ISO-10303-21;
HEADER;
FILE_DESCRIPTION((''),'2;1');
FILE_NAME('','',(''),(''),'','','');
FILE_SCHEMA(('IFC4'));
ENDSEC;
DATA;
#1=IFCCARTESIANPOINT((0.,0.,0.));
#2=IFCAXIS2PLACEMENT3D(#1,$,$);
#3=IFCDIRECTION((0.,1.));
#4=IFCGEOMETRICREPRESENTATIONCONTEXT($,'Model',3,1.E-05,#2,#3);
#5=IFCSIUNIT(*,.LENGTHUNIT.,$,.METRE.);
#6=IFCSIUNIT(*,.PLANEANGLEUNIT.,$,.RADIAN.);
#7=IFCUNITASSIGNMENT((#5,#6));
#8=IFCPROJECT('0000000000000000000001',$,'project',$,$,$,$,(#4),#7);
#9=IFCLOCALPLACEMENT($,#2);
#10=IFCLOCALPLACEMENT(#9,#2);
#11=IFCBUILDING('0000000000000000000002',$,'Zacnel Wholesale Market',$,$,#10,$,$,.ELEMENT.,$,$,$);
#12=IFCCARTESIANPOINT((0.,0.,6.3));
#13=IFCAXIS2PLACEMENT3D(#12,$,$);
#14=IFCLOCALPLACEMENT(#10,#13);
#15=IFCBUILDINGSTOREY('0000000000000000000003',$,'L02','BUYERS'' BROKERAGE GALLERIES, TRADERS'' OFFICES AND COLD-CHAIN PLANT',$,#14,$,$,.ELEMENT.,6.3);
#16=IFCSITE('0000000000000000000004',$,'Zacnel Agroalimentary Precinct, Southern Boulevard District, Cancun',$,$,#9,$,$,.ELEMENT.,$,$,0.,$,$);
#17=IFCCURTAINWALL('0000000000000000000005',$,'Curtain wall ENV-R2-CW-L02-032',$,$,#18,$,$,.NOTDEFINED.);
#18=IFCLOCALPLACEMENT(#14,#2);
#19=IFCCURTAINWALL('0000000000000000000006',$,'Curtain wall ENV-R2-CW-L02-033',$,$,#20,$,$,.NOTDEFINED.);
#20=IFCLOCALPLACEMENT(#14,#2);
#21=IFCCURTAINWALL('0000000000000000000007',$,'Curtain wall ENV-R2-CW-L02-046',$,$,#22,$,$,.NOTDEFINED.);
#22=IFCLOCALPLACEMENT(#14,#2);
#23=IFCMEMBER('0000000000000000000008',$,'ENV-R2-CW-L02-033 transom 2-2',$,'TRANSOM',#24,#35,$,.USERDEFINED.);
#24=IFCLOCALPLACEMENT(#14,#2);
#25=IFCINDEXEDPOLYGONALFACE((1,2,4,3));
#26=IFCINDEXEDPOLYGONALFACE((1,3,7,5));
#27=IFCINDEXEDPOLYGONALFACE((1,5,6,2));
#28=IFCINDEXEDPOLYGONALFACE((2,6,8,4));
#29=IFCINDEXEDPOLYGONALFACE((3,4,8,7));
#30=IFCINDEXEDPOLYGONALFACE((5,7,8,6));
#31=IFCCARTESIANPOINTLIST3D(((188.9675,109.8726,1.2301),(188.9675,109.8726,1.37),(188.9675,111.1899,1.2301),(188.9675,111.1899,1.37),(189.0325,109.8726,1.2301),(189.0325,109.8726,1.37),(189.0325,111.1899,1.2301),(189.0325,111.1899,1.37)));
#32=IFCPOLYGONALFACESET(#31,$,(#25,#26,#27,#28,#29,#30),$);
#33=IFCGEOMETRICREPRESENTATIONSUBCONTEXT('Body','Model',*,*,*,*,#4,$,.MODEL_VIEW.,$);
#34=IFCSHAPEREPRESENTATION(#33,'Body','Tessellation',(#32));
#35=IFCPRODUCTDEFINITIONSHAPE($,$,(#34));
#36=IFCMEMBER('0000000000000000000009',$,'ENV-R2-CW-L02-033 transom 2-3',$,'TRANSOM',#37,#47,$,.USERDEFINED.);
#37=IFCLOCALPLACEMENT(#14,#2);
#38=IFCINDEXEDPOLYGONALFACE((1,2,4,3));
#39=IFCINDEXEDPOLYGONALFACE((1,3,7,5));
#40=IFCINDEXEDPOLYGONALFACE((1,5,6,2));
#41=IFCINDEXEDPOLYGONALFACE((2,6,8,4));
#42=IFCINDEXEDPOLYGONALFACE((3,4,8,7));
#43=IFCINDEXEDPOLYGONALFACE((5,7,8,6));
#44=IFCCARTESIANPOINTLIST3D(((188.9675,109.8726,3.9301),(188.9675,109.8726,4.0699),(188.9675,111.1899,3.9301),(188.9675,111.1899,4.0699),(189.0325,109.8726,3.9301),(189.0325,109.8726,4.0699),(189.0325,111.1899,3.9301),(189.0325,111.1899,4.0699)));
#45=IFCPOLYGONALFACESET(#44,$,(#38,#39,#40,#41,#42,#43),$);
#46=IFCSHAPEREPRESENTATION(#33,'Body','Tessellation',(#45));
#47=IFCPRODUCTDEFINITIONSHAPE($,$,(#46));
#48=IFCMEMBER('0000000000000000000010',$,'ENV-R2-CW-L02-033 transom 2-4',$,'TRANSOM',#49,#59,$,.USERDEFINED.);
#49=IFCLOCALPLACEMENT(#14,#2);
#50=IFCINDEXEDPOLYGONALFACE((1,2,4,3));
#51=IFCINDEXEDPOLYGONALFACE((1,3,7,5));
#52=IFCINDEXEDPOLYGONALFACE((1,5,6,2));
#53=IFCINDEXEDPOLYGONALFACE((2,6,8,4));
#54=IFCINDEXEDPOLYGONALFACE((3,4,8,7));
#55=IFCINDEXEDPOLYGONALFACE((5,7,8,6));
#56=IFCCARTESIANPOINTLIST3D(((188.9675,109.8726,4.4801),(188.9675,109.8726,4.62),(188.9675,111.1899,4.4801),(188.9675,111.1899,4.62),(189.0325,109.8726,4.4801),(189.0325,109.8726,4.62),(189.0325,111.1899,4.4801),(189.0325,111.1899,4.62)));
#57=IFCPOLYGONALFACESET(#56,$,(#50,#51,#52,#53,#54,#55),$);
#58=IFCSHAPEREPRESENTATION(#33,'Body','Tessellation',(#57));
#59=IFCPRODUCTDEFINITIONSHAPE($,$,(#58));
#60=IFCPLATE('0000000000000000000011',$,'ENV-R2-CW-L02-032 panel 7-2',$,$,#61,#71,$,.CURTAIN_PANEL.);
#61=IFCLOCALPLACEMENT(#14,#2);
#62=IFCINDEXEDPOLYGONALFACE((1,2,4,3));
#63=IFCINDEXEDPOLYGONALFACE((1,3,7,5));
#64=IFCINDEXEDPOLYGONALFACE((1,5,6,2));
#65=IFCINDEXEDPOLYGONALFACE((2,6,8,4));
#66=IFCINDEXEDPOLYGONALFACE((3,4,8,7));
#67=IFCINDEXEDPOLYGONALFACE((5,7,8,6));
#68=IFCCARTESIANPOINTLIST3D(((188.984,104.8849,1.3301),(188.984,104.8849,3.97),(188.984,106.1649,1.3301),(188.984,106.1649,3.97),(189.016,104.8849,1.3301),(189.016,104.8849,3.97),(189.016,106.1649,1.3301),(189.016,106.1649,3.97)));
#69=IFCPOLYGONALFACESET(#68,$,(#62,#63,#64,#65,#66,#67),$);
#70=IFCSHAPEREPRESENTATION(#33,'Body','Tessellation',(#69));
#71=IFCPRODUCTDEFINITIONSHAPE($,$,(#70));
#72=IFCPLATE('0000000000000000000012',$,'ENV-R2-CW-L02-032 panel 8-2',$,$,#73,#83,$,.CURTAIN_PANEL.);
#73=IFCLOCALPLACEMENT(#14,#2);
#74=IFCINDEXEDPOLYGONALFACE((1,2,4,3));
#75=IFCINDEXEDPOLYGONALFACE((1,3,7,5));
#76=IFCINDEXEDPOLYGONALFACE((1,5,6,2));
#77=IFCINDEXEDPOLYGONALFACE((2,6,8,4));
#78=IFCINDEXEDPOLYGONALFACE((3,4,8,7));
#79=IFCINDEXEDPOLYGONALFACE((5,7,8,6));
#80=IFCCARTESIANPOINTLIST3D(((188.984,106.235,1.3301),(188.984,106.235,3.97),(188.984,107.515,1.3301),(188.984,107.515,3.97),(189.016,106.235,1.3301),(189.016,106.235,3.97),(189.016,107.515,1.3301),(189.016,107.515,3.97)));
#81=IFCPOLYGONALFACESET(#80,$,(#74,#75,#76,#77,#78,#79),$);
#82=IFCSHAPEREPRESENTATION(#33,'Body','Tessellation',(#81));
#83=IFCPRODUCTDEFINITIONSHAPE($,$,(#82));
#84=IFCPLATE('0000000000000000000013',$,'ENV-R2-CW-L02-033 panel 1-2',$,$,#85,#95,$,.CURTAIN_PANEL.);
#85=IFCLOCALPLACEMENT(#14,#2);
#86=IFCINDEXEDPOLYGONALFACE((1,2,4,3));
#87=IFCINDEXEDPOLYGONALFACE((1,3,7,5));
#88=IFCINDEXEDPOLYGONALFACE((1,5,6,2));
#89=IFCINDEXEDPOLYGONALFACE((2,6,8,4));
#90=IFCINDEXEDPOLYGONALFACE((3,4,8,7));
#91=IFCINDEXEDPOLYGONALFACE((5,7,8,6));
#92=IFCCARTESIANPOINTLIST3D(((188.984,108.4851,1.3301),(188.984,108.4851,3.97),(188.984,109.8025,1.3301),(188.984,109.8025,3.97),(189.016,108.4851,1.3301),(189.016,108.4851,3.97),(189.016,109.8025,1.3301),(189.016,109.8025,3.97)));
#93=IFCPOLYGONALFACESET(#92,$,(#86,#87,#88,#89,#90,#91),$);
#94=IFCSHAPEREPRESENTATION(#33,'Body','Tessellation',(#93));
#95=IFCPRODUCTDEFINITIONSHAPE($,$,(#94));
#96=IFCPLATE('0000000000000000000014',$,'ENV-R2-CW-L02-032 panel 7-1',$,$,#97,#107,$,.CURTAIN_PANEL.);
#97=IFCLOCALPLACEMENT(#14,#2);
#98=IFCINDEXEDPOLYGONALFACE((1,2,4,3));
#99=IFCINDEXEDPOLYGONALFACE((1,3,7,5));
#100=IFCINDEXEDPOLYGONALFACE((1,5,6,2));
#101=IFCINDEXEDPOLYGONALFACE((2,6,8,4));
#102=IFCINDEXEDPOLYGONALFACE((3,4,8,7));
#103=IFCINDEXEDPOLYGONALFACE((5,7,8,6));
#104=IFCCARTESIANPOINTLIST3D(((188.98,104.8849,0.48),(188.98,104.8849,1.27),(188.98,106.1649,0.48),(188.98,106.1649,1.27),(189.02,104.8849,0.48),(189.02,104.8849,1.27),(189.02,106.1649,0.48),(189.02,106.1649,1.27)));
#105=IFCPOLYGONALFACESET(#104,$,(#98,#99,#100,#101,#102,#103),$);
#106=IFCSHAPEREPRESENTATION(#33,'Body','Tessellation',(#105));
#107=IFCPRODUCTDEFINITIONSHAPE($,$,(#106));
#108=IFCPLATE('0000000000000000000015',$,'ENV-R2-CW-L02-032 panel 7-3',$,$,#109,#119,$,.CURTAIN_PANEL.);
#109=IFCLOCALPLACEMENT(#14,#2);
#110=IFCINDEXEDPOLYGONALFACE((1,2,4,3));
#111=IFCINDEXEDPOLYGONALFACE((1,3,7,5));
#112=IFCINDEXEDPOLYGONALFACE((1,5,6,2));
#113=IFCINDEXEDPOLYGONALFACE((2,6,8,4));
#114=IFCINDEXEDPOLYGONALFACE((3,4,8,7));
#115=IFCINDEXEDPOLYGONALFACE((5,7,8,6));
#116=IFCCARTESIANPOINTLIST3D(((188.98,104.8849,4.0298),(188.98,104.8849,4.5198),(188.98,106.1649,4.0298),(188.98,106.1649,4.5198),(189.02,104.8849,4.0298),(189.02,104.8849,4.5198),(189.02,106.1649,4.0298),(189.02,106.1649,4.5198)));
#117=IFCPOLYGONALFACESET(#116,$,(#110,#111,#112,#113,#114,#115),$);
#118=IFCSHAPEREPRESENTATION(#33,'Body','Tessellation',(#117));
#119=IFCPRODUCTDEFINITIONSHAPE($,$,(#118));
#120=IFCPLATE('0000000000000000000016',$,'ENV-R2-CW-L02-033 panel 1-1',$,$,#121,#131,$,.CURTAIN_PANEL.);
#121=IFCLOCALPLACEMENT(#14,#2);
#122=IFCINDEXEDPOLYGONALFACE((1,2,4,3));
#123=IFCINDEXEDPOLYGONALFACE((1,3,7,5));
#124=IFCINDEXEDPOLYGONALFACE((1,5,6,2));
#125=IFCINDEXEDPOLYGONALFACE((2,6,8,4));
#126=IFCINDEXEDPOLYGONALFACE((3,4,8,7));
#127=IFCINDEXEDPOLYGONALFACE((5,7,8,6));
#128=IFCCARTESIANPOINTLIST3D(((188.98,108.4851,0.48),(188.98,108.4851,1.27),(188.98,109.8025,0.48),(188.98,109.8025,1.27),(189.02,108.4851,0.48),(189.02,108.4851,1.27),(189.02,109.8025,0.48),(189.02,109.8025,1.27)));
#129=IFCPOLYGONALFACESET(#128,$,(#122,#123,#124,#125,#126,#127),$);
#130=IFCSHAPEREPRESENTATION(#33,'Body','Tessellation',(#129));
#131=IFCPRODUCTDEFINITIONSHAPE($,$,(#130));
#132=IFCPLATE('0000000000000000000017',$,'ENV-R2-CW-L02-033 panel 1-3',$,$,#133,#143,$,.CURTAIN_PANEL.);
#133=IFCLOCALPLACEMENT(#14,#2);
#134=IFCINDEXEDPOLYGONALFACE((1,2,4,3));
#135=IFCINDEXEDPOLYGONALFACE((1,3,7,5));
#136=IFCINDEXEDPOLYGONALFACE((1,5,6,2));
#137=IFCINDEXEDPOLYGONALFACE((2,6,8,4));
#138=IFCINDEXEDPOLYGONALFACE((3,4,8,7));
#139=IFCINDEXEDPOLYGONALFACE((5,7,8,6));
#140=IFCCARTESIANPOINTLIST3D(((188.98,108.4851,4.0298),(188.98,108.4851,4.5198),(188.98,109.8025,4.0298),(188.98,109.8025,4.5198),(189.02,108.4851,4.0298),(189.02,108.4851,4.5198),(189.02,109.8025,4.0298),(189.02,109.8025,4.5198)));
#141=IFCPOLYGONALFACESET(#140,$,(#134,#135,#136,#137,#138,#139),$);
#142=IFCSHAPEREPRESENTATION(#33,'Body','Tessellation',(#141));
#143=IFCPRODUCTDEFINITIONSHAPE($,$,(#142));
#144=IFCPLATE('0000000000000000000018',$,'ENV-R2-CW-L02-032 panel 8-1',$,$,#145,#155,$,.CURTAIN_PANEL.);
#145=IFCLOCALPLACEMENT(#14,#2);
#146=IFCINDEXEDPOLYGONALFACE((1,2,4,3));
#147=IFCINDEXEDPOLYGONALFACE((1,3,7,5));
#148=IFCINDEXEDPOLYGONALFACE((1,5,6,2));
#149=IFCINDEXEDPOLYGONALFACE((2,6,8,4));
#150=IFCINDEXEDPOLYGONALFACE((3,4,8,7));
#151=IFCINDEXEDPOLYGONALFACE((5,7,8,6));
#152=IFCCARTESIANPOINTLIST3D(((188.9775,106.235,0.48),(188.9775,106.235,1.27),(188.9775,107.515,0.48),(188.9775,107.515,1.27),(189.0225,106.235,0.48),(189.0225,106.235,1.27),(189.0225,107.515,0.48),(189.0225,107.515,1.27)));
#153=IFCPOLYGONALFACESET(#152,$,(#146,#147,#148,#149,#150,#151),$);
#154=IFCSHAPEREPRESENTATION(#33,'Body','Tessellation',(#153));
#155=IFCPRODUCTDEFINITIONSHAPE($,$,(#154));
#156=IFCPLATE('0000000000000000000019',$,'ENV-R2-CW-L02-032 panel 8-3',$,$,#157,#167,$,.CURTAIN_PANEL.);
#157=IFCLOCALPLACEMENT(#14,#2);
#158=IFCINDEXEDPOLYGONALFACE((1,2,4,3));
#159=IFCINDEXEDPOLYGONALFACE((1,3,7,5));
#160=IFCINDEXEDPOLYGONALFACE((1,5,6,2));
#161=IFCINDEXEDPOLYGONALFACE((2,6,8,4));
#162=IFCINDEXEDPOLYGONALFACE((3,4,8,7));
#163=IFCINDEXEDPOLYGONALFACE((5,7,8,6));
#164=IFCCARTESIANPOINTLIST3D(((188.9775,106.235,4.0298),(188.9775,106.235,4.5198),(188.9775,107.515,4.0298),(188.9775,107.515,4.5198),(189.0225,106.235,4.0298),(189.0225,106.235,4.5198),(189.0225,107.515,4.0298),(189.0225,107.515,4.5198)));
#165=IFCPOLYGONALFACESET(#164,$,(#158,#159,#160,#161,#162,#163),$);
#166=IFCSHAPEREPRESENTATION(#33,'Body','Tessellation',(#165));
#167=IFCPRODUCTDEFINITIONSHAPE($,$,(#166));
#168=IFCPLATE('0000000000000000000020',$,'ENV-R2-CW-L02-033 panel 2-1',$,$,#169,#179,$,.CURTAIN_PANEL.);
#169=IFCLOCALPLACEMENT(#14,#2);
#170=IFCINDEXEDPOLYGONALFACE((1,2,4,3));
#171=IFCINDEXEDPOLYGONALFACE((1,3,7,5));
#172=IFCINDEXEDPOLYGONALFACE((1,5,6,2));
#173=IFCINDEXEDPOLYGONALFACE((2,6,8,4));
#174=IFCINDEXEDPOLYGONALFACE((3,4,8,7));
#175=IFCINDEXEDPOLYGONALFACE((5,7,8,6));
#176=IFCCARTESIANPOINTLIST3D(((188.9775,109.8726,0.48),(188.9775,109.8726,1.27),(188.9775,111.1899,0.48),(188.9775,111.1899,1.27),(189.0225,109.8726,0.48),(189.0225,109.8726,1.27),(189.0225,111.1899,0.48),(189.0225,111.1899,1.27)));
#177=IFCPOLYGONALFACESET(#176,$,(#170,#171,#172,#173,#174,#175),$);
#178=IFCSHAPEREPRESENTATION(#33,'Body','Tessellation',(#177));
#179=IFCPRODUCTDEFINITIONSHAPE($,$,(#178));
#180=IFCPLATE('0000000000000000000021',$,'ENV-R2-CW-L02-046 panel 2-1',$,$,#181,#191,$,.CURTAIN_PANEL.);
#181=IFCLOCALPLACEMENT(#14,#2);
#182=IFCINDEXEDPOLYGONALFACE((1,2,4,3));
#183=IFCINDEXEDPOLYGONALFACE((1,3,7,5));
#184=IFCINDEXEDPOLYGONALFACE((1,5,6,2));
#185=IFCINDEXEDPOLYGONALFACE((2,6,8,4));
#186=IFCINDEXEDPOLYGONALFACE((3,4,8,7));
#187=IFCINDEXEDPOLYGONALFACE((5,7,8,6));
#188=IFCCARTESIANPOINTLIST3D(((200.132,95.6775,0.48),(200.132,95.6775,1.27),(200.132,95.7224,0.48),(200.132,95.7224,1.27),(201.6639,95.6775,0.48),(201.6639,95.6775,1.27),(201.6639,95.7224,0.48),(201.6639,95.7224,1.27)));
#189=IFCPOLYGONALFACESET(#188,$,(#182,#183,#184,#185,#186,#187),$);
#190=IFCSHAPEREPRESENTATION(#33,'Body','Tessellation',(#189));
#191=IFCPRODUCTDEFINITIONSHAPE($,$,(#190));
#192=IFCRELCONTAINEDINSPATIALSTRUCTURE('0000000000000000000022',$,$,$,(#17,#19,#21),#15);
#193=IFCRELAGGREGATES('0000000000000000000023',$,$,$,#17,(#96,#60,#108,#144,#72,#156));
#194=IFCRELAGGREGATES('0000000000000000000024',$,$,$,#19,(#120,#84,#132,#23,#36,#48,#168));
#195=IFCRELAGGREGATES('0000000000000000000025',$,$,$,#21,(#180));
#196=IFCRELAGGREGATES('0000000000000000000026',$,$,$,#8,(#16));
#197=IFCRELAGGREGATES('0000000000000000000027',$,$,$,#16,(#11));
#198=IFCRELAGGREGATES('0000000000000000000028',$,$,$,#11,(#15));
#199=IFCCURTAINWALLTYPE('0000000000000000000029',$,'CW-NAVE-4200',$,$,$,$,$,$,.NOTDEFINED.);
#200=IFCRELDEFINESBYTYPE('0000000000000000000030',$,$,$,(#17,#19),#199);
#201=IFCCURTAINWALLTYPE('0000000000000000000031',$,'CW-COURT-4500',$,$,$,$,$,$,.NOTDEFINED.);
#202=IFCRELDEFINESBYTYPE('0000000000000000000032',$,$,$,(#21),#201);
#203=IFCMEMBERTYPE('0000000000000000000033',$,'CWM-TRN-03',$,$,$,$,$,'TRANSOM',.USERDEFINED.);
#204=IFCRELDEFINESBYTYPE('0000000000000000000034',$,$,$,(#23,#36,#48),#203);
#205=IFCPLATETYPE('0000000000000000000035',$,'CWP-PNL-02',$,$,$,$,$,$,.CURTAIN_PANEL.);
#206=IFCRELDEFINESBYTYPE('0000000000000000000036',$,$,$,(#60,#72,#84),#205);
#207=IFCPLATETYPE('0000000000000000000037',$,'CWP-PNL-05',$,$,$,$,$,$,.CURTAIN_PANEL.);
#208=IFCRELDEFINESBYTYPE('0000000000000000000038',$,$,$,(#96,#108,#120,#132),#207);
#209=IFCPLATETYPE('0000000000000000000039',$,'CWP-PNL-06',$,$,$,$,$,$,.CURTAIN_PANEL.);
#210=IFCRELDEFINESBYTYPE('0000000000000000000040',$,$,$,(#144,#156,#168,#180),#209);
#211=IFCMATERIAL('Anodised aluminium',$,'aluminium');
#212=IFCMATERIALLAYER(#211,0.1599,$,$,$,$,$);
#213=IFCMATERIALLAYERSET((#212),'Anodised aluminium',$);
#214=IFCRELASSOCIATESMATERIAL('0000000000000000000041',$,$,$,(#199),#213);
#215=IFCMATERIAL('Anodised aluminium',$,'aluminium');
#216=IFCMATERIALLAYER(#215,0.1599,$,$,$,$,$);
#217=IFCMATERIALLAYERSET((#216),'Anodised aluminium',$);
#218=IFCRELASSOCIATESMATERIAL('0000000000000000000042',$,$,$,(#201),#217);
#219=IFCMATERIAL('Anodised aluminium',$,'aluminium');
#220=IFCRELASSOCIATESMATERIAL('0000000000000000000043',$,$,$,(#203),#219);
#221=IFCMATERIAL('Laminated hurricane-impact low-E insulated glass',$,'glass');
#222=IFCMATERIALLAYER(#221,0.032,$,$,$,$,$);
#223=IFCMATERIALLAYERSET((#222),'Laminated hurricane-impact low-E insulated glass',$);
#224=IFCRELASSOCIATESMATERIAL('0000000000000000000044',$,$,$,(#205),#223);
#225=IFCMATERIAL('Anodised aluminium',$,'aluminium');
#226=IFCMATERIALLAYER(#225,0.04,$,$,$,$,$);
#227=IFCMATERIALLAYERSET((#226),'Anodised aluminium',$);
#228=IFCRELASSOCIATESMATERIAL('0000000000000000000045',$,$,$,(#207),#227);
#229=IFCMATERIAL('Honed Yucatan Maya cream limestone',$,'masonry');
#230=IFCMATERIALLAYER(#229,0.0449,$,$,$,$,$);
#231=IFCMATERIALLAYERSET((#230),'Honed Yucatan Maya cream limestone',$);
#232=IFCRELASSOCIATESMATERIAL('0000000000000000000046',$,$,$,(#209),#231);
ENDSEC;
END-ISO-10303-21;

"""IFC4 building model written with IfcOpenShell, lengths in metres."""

from ifc_helpers import new_model, si_unit, direction, frame, origin, origin_2d, place, context, subcontext, project, spatial, rectangle, extrude, material, layer, layer_set, material_profile, profile_set, type_object, element, aggregate, save


model = new_model("IFC4")

# Units and contexts
model_context = context("Model", 3, precision=1e-05, world=origin(), true_north=direction((0.0, 1.0)))
body_context = subcontext(model_context, "Body", "Model", "MODEL_VIEW")
ifc_project = project(units=[si_unit("LENGTHUNIT", "METRE"), si_unit("PLANEANGLEUNIT", "RADIAN")], contexts=[model_context])

# Site, building, storey
site_placement = place(None, origin())
site = spatial("IfcSite", under=ifc_project, at=site_placement, Name="Zacnel Agroalimentary Precinct, Southern Boulevard District, Cancun", CompositionType="ELEMENT", RefElevation=0.0)
building_placement = place(site_placement, origin())
building = spatial("IfcBuilding", under=site, at=building_placement, Name="Zacnel Wholesale Market", CompositionType="ELEMENT")
storey_placement = place(building_placement, frame((0.0, 0.0, 6.3)))
storey = spatial("IfcBuildingStorey", under=building, at=storey_placement, Name="L02", Description="BUYERS' BROKERAGE GALLERIES, TRADERS' OFFICES AND COLD-CHAIN PLANT", CompositionType="ELEMENT", Elevation=6.3)

# Curtain walls
ifc_material_1 = material(Name="Anodised aluminium", Category="aluminium")
ifc_layer_1 = layer(ifc_material_1, 0.1599)
ifc_layer_set_1 = layer_set([ifc_layer_1], Name="Anodised aluminium")
curtain_wall_type_1 = type_object("IfcCurtainWallType", Name="CW-NAVE-4200", PredefinedType="NOTDEFINED", material=ifc_layer_set_1)
curtain_wall_1_placement = place(storey_placement, origin())
curtain_wall_1 = element("IfcCurtainWall", 1, at=curtain_wall_1_placement, inside=storey, type_object=curtain_wall_type_1, Name="Curtain wall ENV-R2-CW-L02-032", PredefinedType="NOTDEFINED")
curtain_wall_2_placement = place(storey_placement, origin())
curtain_wall_2 = element("IfcCurtainWall", 2, at=curtain_wall_2_placement, inside=storey, type_object=curtain_wall_type_1, Name="Curtain wall ENV-R2-CW-L02-033", PredefinedType="NOTDEFINED")

# Curtain wall
ifc_material_2 = material(Name="Anodised aluminium", Category="aluminium")
ifc_layer_2 = layer(ifc_material_2, 0.1599)
ifc_layer_set_2 = layer_set([ifc_layer_2], Name="Anodised aluminium")
curtain_wall_type_2 = type_object("IfcCurtainWallType", Name="CW-COURT-4500", PredefinedType="NOTDEFINED", material=ifc_layer_set_2)
curtain_wall_3_placement = place(storey_placement, origin())
curtain_wall_3 = element("IfcCurtainWall", 3, at=curtain_wall_3_placement, inside=storey, type_object=curtain_wall_type_2, Name="Curtain wall ENV-R2-CW-L02-046", PredefinedType="NOTDEFINED")

# Members
ifc_material_3 = material(Name="Anodised aluminium", Category="aluminium")
ifc_material_profile_1 = material_profile(ifc_material_3, rectangle(XDim=0.0649, YDim=0.1399, at=origin_2d()), Name="AW-TRANSOM 65x140")
ifc_profile_set_1 = profile_set([ifc_material_profile_1], Name="Anodised aluminium")
member_type_1 = type_object("IfcMemberType", Name="CWM-TRN-03", ElementType="TRANSOM", PredefinedType="USERDEFINED", material=ifc_profile_set_1)
member_1_placement = place(storey_placement, frame((189.0, 109.8726, 1.3), z_axis=(0.0, 1.0, 0.0), x_axis=(-1.0, 0.0, 0.0)))
member_1 = element("IfcMember", 4, at=member_1_placement, type_object=member_type_1, Name="ENV-R2-CW-L02-033 transom 2-2", ObjectType="TRANSOM", PredefinedType="USERDEFINED", context=body_context, shape_type="SweptSolid", body=[
    extrude(rectangle(XDim=0.0649, YDim=0.1399, at=origin_2d()), origin(), (0.0, 0.0, 1.0), 1.3174),
])
member_2_placement = place(storey_placement, frame((189.0, 109.8726, 4.0), z_axis=(0.0, 1.0, 0.0), x_axis=(-1.0, 0.0, 0.0)))
member_2 = element("IfcMember", 5, at=member_2_placement, type_object=member_type_1, Name="ENV-R2-CW-L02-033 transom 2-3", ObjectType="TRANSOM", PredefinedType="USERDEFINED", context=body_context, shape_type="SweptSolid", body=[
    extrude(rectangle(XDim=0.0649, YDim=0.1399, at=origin_2d()), origin(), (0.0, 0.0, 1.0), 1.3174),
])
member_3_placement = place(storey_placement, frame((189.0, 109.8726, 4.55), z_axis=(0.0, 1.0, 0.0), x_axis=(-1.0, 0.0, 0.0)))
member_3 = element("IfcMember", 6, at=member_3_placement, type_object=member_type_1, Name="ENV-R2-CW-L02-033 transom 2-4", ObjectType="TRANSOM", PredefinedType="USERDEFINED", context=body_context, shape_type="SweptSolid", body=[
    extrude(rectangle(XDim=0.0649, YDim=0.1399, at=origin_2d()), origin(), (0.0, 0.0, 1.0), 1.3174),
])

# Plates
ifc_material_4 = material(Name="Laminated hurricane-impact low-E insulated glass", Category="glass")
ifc_layer_3 = layer(ifc_material_4, 0.032)
ifc_layer_set_3 = layer_set([ifc_layer_3], Name="Laminated hurricane-impact low-E insulated glass")
plate_type_1 = type_object("IfcPlateType", Name="CWP-PNL-02", PredefinedType="CURTAIN_PANEL", material=ifc_layer_set_3)
plate_1_placement = place(storey_placement, frame((189.0, 105.5249, 1.3301), z_axis=(0.0, 0.0, 1.0), x_axis=(0.0, 1.0, 0.0)))
plate_1 = element("IfcPlate", 7, at=plate_1_placement, type_object=plate_type_1, Name="ENV-R2-CW-L02-032 panel 7-2", PredefinedType="CURTAIN_PANEL", context=body_context, shape_type="SweptSolid", body=[
    extrude(rectangle(XDim=1.28, YDim=0.032, at=origin_2d()), origin(), (0.0, 0.0, 1.0), 2.6399),
])
plate_2_placement = place(storey_placement, frame((189.0, 106.875, 1.3301), z_axis=(0.0, 0.0, 1.0), x_axis=(0.0, 1.0, 0.0)))
plate_2 = element("IfcPlate", 8, at=plate_2_placement, type_object=plate_type_1, Name="ENV-R2-CW-L02-032 panel 8-2", PredefinedType="CURTAIN_PANEL", context=body_context, shape_type="SweptSolid", body=[
    extrude(rectangle(XDim=1.28, YDim=0.032, at=origin_2d()), origin(), (0.0, 0.0, 1.0), 2.6399),
])
plate_3_placement = place(storey_placement, frame((189.0, 109.1438, 1.3301), z_axis=(0.0, 0.0, 1.0), x_axis=(0.0, 1.0, 0.0)))
plate_3 = element("IfcPlate", 9, at=plate_3_placement, type_object=plate_type_1, Name="ENV-R2-CW-L02-033 panel 1-2", PredefinedType="CURTAIN_PANEL", context=body_context, shape_type="SweptSolid", body=[
    extrude(rectangle(XDim=1.3174, YDim=0.032, at=origin_2d()), origin(), (0.0, 0.0, 1.0), 2.6399),
])
ifc_material_5 = material(Name="Anodised aluminium", Category="aluminium")
ifc_layer_4 = layer(ifc_material_5, 0.04)
ifc_layer_set_4 = layer_set([ifc_layer_4], Name="Anodised aluminium")
plate_type_2 = type_object("IfcPlateType", Name="CWP-PNL-05", PredefinedType="CURTAIN_PANEL", material=ifc_layer_set_4)
plate_4_placement = place(storey_placement, frame((189.0, 105.5249, 0.48), z_axis=(0.0, 0.0, 1.0), x_axis=(0.0, 1.0, 0.0)))
plate_4 = element("IfcPlate", 10, at=plate_4_placement, type_object=plate_type_2, Name="ENV-R2-CW-L02-032 panel 7-1", PredefinedType="CURTAIN_PANEL", context=body_context, shape_type="SweptSolid", body=[
    extrude(rectangle(XDim=1.28, YDim=0.04, at=origin_2d()), origin(), (0.0, 0.0, 1.0), 0.79),
])
plate_5_placement = place(storey_placement, frame((189.0, 105.5249, 4.0298), z_axis=(0.0, 0.0, 1.0), x_axis=(0.0, 1.0, 0.0)))
plate_5 = element("IfcPlate", 11, at=plate_5_placement, type_object=plate_type_2, Name="ENV-R2-CW-L02-032 panel 7-3", PredefinedType="CURTAIN_PANEL", context=body_context, shape_type="SweptSolid", body=[
    extrude(rectangle(XDim=1.28, YDim=0.04, at=origin_2d()), origin(), (0.0, 0.0, 1.0), 0.49),
])
plate_6_placement = place(storey_placement, frame((189.0, 109.1438, 0.48), z_axis=(0.0, 0.0, 1.0), x_axis=(0.0, 1.0, 0.0)))
plate_6 = element("IfcPlate", 12, at=plate_6_placement, type_object=plate_type_2, Name="ENV-R2-CW-L02-033 panel 1-1", PredefinedType="CURTAIN_PANEL", context=body_context, shape_type="SweptSolid", body=[
    extrude(rectangle(XDim=1.3174, YDim=0.04, at=origin_2d()), origin(), (0.0, 0.0, 1.0), 0.79),
])
plate_7_placement = place(storey_placement, frame((189.0, 109.1438, 4.0298), z_axis=(0.0, 0.0, 1.0), x_axis=(0.0, 1.0, 0.0)))
plate_7 = element("IfcPlate", 13, at=plate_7_placement, type_object=plate_type_2, Name="ENV-R2-CW-L02-033 panel 1-3", PredefinedType="CURTAIN_PANEL", context=body_context, shape_type="SweptSolid", body=[
    extrude(rectangle(XDim=1.3174, YDim=0.04, at=origin_2d()), origin(), (0.0, 0.0, 1.0), 0.49),
])
ifc_material_6 = material(Name="Honed Yucatan Maya cream limestone", Category="masonry")
ifc_layer_5 = layer(ifc_material_6, 0.0449)
ifc_layer_set_5 = layer_set([ifc_layer_5], Name="Honed Yucatan Maya cream limestone")
plate_type_3 = type_object("IfcPlateType", Name="CWP-PNL-06", PredefinedType="CURTAIN_PANEL", material=ifc_layer_set_5)
plate_8_placement = place(storey_placement, frame((189.0, 106.875, 0.48), z_axis=(0.0, 0.0, 1.0), x_axis=(0.0, 1.0, 0.0)))
plate_8 = element("IfcPlate", 14, at=plate_8_placement, type_object=plate_type_3, Name="ENV-R2-CW-L02-032 panel 8-1", PredefinedType="CURTAIN_PANEL", context=body_context, shape_type="SweptSolid", body=[
    extrude(rectangle(XDim=1.28, YDim=0.0449, at=origin_2d()), origin(), (0.0, 0.0, 1.0), 0.79),
])
plate_9_placement = place(storey_placement, frame((189.0, 106.875, 4.0298), z_axis=(0.0, 0.0, 1.0), x_axis=(0.0, 1.0, 0.0)))
plate_9 = element("IfcPlate", 15, at=plate_9_placement, type_object=plate_type_3, Name="ENV-R2-CW-L02-032 panel 8-3", PredefinedType="CURTAIN_PANEL", context=body_context, shape_type="SweptSolid", body=[
    extrude(rectangle(XDim=1.28, YDim=0.0449, at=origin_2d()), origin(), (0.0, 0.0, 1.0), 0.49),
])
aggregate(curtain_wall_1, [plate_4, plate_1, plate_5, plate_8, plate_2, plate_9])
plate_10_placement = place(storey_placement, frame((189.0, 110.5312, 0.48), z_axis=(0.0, 0.0, 1.0), x_axis=(0.0, 1.0, 0.0)))
plate_10 = element("IfcPlate", 16, at=plate_10_placement, type_object=plate_type_3, Name="ENV-R2-CW-L02-033 panel 2-1", PredefinedType="CURTAIN_PANEL", context=body_context, shape_type="SweptSolid", body=[
    extrude(rectangle(XDim=1.3174, YDim=0.0449, at=origin_2d()), origin(), (0.0, 0.0, 1.0), 0.79),
])
aggregate(curtain_wall_2, [plate_6, plate_3, plate_7, member_1, member_2, member_3, plate_10])
plate_11_placement = place(storey_placement, frame((200.8979, 95.7, 0.48), z_axis=(0.0, 0.0, 1.0), x_axis=(1.0, 0.0, 0.0)))
plate_11 = element("IfcPlate", 17, at=plate_11_placement, type_object=plate_type_3, Name="ENV-R2-CW-L02-046 panel 2-1", PredefinedType="CURTAIN_PANEL", context=body_context, shape_type="SweptSolid", body=[
    extrude(rectangle(XDim=1.532, YDim=0.0449, at=origin_2d()), origin(), (0.0, 0.0, 1.0), 0.79),
])
aggregate(curtain_wall_3, [plate_11])

save(model, "model.ifc")
